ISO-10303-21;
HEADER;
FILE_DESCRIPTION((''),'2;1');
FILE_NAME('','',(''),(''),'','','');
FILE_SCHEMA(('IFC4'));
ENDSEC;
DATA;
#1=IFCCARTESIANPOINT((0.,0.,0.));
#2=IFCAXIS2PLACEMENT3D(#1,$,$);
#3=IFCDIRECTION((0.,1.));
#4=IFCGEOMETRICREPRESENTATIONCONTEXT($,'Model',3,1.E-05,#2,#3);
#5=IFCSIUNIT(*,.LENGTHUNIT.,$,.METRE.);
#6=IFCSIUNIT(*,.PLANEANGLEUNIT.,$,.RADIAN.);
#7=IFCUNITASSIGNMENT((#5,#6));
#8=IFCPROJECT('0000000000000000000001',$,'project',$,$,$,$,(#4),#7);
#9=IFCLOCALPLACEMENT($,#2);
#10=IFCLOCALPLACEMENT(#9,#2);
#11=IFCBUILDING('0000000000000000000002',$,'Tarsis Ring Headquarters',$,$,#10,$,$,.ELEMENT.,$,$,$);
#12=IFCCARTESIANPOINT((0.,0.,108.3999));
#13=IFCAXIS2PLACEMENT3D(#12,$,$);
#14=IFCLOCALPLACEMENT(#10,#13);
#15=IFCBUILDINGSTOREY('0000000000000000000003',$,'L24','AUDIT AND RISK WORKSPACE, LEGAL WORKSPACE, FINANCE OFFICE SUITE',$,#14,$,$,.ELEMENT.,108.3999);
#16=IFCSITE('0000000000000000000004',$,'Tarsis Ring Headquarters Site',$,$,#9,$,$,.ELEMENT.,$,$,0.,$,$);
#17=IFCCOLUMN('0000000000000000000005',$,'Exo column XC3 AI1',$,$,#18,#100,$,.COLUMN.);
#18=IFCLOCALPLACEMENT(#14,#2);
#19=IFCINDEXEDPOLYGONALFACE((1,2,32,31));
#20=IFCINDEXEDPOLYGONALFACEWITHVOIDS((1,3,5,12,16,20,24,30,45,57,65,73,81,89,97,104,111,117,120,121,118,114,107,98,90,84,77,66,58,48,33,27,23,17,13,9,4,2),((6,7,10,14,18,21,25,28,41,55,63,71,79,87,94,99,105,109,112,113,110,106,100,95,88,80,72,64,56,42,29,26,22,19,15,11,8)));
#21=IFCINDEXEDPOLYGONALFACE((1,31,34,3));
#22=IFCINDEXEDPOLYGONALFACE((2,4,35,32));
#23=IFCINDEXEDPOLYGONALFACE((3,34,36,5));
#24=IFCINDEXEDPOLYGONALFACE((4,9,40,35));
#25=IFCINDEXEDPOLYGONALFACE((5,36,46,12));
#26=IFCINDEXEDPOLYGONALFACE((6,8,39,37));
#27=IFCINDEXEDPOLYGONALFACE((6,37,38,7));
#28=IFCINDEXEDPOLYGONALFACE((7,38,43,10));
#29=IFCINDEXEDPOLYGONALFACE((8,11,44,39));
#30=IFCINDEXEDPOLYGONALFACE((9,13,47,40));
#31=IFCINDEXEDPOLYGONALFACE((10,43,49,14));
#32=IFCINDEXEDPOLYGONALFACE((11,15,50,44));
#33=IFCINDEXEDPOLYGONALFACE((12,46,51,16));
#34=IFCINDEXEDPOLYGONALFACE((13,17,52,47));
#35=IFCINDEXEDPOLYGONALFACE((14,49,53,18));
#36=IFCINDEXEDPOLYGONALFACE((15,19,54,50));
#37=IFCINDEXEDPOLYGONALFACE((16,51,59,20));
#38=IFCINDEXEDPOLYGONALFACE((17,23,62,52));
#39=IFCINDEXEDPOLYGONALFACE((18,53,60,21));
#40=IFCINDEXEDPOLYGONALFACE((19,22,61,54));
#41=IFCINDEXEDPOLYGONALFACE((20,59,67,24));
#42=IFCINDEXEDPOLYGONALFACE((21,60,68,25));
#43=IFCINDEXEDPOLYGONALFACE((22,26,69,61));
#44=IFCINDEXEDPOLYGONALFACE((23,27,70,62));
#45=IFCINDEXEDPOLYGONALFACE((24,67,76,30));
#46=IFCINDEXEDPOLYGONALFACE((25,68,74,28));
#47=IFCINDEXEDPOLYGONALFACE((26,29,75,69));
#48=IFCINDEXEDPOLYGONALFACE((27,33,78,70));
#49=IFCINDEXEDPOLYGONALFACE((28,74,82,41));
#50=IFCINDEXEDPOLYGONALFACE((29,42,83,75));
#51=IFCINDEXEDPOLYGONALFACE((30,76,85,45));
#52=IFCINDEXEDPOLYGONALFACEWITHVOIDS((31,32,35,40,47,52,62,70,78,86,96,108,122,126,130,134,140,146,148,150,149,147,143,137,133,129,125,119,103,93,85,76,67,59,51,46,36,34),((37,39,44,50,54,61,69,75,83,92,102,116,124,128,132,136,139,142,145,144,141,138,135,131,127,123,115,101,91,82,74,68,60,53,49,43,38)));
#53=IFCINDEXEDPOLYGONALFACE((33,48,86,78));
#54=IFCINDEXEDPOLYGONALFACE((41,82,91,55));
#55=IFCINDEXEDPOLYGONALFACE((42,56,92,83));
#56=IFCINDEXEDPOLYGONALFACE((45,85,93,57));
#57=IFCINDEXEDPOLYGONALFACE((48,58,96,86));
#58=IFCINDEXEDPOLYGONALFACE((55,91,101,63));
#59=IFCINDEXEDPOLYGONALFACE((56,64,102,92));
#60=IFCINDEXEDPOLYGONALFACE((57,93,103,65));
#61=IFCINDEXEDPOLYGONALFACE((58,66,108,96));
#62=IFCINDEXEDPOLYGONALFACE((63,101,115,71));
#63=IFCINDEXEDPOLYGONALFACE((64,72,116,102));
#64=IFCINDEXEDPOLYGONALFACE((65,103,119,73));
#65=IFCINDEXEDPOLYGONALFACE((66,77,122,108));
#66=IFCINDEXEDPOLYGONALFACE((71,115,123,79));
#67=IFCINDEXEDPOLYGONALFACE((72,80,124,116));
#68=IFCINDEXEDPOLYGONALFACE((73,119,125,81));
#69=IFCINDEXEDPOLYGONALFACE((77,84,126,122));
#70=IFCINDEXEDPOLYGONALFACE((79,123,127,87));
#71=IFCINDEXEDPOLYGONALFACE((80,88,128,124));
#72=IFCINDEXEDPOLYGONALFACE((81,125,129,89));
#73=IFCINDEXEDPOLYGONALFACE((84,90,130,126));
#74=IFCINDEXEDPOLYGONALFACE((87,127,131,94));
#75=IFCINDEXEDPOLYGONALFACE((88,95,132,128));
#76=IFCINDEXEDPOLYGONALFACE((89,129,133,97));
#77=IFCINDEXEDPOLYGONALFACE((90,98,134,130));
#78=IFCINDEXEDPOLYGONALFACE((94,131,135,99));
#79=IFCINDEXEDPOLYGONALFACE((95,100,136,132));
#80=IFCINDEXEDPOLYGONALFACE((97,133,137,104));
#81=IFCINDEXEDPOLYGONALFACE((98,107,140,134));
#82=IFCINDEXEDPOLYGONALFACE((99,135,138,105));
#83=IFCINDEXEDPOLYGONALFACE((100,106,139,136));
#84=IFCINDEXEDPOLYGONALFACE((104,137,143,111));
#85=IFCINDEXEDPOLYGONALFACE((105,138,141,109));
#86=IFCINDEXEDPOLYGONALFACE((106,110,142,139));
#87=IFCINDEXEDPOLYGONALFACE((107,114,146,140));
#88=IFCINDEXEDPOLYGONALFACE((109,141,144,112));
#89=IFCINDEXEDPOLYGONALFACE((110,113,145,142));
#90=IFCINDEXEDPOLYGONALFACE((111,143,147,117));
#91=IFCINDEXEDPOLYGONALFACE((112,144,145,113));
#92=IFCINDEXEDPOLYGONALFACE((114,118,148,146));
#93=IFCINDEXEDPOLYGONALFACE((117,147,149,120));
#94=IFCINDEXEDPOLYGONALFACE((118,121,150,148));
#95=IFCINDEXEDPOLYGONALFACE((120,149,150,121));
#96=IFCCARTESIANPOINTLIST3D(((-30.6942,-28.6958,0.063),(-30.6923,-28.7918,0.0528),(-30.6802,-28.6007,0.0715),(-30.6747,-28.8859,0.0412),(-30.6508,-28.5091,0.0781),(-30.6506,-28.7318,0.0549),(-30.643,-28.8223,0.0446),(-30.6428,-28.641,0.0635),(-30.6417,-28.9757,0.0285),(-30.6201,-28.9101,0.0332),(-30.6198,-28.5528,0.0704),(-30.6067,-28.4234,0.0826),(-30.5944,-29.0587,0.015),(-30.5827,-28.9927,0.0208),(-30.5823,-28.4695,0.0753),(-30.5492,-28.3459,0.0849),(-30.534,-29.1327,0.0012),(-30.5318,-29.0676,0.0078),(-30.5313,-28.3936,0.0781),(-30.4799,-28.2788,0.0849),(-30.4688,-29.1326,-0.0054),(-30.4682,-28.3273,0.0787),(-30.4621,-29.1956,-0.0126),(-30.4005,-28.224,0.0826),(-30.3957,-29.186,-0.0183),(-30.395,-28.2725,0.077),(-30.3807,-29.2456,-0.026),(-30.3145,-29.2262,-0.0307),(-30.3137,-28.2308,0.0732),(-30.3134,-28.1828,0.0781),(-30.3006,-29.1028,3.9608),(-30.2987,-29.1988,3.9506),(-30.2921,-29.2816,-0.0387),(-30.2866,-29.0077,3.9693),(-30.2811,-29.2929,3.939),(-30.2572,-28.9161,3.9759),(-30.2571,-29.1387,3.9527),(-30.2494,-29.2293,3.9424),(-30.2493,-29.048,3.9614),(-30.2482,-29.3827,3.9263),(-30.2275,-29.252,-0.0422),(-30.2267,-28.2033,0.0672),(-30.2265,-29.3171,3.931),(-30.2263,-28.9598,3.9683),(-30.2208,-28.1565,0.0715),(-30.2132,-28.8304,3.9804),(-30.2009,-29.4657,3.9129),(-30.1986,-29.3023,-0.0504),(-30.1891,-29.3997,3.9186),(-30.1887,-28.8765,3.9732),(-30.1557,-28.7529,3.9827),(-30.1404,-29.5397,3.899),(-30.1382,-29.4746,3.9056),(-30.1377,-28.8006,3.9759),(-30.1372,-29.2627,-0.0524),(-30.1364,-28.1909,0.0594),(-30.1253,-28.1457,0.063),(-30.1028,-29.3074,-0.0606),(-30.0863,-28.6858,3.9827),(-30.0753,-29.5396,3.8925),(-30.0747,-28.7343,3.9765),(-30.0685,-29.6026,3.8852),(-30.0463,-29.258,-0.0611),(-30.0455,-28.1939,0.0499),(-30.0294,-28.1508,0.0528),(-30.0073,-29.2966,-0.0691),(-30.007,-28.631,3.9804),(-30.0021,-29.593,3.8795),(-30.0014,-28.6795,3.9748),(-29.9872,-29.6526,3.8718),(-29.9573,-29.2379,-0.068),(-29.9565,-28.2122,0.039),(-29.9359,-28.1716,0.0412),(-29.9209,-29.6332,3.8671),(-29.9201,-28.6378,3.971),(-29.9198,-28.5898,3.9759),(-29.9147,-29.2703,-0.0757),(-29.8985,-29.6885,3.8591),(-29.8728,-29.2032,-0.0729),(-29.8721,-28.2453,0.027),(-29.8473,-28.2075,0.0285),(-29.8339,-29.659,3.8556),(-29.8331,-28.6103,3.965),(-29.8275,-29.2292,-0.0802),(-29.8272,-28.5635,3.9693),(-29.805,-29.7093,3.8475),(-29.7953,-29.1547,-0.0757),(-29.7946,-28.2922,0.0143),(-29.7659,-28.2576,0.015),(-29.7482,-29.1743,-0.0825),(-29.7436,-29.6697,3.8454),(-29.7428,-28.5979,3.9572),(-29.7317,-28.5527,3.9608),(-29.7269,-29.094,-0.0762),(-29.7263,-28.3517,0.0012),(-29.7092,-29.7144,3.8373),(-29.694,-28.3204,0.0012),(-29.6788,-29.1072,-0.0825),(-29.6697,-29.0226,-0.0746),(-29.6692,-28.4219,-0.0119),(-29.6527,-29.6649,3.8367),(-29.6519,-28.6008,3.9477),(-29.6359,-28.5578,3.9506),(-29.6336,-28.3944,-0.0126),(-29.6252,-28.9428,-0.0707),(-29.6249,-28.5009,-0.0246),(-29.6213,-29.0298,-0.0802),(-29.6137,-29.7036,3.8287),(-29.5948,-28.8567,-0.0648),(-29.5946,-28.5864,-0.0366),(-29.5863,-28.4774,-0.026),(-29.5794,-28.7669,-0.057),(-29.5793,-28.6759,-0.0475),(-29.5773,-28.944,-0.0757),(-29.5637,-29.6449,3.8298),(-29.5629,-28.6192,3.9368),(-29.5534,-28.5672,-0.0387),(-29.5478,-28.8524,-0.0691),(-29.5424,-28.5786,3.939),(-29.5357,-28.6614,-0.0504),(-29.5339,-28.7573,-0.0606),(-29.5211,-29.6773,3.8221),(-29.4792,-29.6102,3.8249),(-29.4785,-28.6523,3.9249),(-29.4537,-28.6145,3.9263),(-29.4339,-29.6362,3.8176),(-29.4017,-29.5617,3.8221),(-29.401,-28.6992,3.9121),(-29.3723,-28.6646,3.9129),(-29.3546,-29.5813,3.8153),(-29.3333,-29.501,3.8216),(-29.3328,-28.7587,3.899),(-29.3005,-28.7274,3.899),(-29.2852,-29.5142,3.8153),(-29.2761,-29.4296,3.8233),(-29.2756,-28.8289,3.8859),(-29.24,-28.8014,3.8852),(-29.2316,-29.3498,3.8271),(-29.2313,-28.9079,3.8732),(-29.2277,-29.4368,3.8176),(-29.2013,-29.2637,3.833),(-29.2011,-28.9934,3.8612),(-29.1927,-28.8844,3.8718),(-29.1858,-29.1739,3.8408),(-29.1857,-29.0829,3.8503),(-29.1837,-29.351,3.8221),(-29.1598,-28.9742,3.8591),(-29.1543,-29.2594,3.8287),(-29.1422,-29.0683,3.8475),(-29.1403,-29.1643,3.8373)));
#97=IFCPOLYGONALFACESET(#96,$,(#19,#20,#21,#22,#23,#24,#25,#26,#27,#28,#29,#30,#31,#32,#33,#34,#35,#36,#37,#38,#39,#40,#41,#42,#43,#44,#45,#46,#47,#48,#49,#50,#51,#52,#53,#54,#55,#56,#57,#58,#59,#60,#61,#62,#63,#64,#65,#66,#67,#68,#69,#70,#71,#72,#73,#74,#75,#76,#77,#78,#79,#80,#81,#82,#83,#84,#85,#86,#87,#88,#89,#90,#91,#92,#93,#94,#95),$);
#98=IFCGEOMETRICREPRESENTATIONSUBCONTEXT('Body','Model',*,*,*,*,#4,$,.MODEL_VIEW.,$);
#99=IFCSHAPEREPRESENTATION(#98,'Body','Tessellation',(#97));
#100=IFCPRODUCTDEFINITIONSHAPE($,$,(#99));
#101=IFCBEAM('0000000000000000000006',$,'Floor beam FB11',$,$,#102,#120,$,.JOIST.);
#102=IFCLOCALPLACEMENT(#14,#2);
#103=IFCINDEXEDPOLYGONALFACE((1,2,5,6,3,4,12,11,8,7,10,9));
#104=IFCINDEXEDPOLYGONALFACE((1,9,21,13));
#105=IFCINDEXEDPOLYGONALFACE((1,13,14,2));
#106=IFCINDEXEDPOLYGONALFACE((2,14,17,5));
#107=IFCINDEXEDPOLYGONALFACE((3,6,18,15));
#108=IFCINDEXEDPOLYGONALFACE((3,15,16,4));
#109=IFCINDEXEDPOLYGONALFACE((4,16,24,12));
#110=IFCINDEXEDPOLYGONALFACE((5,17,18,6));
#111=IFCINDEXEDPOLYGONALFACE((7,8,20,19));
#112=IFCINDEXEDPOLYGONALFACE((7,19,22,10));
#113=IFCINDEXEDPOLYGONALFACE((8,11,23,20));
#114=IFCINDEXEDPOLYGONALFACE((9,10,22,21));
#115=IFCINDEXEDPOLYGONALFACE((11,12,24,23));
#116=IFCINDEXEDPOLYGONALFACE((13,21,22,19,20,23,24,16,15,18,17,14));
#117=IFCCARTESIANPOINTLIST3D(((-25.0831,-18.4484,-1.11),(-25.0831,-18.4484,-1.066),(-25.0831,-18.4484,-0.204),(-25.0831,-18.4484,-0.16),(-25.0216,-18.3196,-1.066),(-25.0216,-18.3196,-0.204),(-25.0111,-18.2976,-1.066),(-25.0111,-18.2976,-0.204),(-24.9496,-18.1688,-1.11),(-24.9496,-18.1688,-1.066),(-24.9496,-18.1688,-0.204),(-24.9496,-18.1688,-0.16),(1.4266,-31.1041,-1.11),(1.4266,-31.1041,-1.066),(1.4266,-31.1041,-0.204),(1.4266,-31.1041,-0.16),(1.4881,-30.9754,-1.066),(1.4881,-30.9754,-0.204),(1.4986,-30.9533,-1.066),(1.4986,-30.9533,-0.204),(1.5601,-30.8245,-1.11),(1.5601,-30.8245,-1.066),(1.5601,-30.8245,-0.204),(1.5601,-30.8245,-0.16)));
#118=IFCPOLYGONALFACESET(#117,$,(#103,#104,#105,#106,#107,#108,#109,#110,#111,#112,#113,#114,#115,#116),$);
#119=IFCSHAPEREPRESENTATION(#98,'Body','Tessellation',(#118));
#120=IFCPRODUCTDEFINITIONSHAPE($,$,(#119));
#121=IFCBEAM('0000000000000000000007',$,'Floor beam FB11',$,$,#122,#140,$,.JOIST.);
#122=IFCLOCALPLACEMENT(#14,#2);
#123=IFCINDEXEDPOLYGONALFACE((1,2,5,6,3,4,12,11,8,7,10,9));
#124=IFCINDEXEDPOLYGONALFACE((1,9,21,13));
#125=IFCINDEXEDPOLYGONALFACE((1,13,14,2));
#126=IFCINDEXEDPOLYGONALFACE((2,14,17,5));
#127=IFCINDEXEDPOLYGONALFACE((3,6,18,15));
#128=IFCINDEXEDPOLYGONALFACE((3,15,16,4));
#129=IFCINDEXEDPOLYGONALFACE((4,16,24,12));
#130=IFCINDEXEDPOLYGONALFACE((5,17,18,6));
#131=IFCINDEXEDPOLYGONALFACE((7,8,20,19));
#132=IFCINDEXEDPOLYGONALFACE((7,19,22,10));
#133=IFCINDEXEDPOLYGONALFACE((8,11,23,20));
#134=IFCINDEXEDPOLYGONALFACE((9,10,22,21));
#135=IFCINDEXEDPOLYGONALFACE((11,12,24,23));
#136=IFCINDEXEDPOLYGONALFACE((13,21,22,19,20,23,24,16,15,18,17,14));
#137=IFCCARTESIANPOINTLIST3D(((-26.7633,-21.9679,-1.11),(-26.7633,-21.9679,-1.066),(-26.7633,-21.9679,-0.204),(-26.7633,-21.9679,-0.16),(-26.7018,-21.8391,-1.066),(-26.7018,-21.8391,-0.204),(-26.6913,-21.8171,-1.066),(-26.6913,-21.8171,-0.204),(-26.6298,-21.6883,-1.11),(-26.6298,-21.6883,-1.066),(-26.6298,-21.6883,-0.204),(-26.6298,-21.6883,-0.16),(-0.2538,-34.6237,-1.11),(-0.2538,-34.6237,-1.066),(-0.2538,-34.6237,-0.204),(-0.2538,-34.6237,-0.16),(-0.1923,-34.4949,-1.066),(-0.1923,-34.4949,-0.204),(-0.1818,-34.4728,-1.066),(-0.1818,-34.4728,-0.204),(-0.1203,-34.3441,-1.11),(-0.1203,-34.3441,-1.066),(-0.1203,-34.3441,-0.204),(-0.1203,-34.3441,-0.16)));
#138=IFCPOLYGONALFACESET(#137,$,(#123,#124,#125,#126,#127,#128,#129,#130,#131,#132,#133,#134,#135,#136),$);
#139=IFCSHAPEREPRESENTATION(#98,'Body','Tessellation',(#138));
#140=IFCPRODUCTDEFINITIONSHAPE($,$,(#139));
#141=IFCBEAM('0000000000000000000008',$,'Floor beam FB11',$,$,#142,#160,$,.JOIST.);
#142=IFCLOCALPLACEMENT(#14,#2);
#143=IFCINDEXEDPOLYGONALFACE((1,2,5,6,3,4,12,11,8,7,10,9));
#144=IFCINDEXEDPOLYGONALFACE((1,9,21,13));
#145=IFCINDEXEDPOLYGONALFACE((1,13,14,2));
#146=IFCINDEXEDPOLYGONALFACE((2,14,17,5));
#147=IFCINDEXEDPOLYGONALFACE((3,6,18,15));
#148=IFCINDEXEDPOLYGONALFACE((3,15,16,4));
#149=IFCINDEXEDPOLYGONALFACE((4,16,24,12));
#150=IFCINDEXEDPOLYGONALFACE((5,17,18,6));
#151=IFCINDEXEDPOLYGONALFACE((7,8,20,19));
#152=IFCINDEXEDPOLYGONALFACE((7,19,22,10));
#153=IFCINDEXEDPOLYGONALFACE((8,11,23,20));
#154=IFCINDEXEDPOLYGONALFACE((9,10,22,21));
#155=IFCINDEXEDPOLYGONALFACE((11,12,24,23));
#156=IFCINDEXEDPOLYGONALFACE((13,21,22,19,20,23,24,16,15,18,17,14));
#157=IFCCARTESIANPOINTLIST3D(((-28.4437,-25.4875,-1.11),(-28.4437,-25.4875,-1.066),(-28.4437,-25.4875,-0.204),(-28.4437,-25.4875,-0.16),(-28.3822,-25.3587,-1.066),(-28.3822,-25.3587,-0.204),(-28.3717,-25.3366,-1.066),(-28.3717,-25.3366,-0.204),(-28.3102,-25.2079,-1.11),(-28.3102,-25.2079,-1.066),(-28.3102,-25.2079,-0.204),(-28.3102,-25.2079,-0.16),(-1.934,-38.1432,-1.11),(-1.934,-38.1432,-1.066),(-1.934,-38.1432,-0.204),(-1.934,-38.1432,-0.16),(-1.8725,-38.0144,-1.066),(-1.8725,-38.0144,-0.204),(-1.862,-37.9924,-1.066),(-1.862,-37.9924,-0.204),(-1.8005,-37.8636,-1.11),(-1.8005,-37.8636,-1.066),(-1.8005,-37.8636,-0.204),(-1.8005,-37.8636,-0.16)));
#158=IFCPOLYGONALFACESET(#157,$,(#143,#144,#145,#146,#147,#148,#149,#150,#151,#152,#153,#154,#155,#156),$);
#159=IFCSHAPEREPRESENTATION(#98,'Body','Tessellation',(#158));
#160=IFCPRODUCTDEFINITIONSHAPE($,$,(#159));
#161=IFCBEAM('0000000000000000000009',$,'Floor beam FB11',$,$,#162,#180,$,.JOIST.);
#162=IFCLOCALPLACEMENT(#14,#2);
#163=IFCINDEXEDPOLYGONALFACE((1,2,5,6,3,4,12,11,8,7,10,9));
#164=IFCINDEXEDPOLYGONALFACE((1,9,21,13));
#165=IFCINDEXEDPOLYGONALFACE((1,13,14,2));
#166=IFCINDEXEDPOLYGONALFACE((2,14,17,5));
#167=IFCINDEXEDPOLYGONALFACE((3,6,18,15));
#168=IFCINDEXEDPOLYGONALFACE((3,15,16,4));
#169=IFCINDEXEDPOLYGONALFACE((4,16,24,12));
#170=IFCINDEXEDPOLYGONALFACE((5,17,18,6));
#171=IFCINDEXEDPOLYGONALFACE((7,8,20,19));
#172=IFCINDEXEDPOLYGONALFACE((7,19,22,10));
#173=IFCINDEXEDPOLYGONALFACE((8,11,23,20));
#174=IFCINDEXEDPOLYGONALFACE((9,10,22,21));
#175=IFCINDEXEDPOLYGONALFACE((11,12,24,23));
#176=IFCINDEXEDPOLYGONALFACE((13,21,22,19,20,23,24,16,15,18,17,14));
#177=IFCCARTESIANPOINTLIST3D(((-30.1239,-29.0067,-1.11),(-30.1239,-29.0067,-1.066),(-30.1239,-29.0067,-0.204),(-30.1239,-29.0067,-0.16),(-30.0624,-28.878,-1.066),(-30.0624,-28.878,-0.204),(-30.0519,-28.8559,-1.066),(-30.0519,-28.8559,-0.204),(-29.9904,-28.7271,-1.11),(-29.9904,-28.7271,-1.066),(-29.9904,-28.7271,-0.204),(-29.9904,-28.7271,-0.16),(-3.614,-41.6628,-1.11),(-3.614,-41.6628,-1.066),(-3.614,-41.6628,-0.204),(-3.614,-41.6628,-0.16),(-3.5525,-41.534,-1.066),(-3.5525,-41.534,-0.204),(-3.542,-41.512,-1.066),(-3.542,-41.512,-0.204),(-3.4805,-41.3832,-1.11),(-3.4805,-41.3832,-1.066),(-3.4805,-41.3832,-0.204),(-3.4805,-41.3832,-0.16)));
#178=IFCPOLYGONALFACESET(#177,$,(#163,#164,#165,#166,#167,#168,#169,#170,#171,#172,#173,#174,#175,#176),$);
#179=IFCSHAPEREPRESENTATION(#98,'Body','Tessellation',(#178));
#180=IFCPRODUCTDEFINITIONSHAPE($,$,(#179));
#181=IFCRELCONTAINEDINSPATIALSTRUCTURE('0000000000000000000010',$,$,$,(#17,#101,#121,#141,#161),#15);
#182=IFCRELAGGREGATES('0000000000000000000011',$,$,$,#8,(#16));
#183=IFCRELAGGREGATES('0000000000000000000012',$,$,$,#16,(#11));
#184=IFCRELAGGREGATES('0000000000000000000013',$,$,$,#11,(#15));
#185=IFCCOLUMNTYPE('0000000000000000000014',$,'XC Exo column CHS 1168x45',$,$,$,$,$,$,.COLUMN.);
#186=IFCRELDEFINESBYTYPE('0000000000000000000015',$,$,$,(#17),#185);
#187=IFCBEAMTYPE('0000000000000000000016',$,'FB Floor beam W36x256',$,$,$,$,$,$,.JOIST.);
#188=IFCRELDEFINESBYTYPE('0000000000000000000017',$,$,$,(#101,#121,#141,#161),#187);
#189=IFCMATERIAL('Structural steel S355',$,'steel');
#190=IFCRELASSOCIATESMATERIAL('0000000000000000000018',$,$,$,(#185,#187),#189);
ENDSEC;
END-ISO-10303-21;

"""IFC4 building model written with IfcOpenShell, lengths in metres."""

from ifc_helpers import new_model, si_unit, direction, frame, origin, origin_2d, place, context, subcontext, project, spatial, hollow_circle, i_section, extrude, material, material_profile, profile_set, type_object, element, save


model = new_model("IFC4")

# Units and contexts
model_context = context("Model", 3, precision=1e-05, world=origin(), true_north=direction((0.0, 1.0)))
body_context = subcontext(model_context, "Body", "Model", "MODEL_VIEW")
ifc_project = project(units=[si_unit("LENGTHUNIT", "METRE"), si_unit("PLANEANGLEUNIT", "RADIAN")], contexts=[model_context])

# Site, building, storey
site_placement = place(None, origin())
site = spatial("IfcSite", under=ifc_project, at=site_placement, Name="Tarsis Ring Headquarters Site", CompositionType="ELEMENT", RefElevation=0.0)
building_placement = place(site_placement, origin())
building = spatial("IfcBuilding", under=site, at=building_placement, Name="Tarsis Ring Headquarters", CompositionType="ELEMENT")
storey_placement = place(building_placement, frame((0.0, 0.0, 108.3999)))
storey = spatial("IfcBuildingStorey", under=building, at=storey_placement, Name="L24", Description="AUDIT AND RISK WORKSPACE, LEGAL WORKSPACE, FINANCE OFFICE SUITE", CompositionType="ELEMENT", Elevation=108.3999)

# Column
ifc_material_1 = material(Name="Structural steel S355", Category="steel")
ifc_material_profile_1 = material_profile(ifc_material_1, hollow_circle(Radius=0.5842, WallThickness=0.0449, at=origin_2d()), Name="CHS 1168x45")
ifc_profile_set_1 = profile_set([ifc_material_profile_1], Name="Structural steel S355")
column_type = type_object("IfcColumnType", Name="XC Exo column CHS 1168x45", PredefinedType="COLUMN", material=ifc_profile_set_1)
column_placement = place(storey_placement, frame((-30.114, -28.7266, 0.0012), z_axis=(0.099922, -0.103332, 0.989615), x_axis=(0.718866, 0.695148, 0.0)))
element("IfcColumn", 1, at=column_placement, inside=storey, type_object=column_type, Name="Exo column XC3 AI1", PredefinedType="COLUMN", context=body_context, shape_type="SweptSolid", body=[
    extrude(hollow_circle(Radius=0.5842, WallThickness=0.0449, at=origin_2d()), origin(), (0.0, 0.0, 1.0), 3.9387),
])

# Beams
ifc_material_profile_2 = material_profile(ifc_material_1, i_section(OverallWidth=0.3098, OverallDepth=0.95, WebThickness=0.0244, FlangeThickness=0.0439, at=origin_2d()), Name="W36x256")
ifc_profile_set_2 = profile_set([ifc_material_profile_2], Name="Structural steel S355")
beam_type_1 = type_object("IfcBeamType", Name="FB Floor beam W36x256", PredefinedType="JOIST", material=ifc_profile_set_2)
beam_1_placement = place(storey_placement, frame((-25.0164, -18.3086, -0.635), z_axis=(0.902436, -0.430823, 0.0), x_axis=(0.430823, 0.902436, 0.0)))
element("IfcBeam", 2, at=beam_1_placement, inside=storey, type_object=beam_type_1, Name="Floor beam FB11", PredefinedType="JOIST", context=body_context, shape_type="SweptSolid", body=[
    extrude(i_section(OverallWidth=0.3098, OverallDepth=0.95, WebThickness=0.0244, FlangeThickness=0.0439, at=origin_2d()), origin(), (0.0, 0.0, 1.0), 29.3757),
])
beam_2_placement = place(storey_placement, frame((-26.6965, -21.8281, -0.635), z_axis=(0.902435, -0.430826, 0.0), x_axis=(0.430826, 0.902435, 0.0)))
element("IfcBeam", 3, at=beam_2_placement, inside=storey, type_object=beam_type_1, Name="Floor beam FB11", PredefinedType="JOIST", context=body_context, shape_type="SweptSolid", body=[
    extrude(i_section(OverallWidth=0.3098, OverallDepth=0.95, WebThickness=0.0244, FlangeThickness=0.0439, at=origin_2d()), origin(), (0.0, 0.0, 1.0), 29.3755),
])
beam_3_placement = place(storey_placement, frame((-28.377, -25.3477, -0.635), z_axis=(0.902436, -0.430823, 0.0), x_axis=(0.430823, 0.902436, 0.0)))
element("IfcBeam", 4, at=beam_3_placement, inside=storey, type_object=beam_type_1, Name="Floor beam FB11", PredefinedType="JOIST", context=body_context, shape_type="SweptSolid", body=[
    extrude(i_section(OverallWidth=0.3098, OverallDepth=0.95, WebThickness=0.0244, FlangeThickness=0.0439, at=origin_2d()), origin(), (0.0, 0.0, 1.0), 29.3757),
])
beam_4_placement = place(storey_placement, frame((-30.0571, -28.8669, -0.635), z_axis=(0.902433, -0.43083, 0.0), x_axis=(0.43083, 0.902433, 0.0)))
element("IfcBeam", 5, at=beam_4_placement, inside=storey, type_object=beam_type_1, Name="Floor beam FB11", PredefinedType="JOIST", context=body_context, shape_type="SweptSolid", body=[
    extrude(i_section(OverallWidth=0.3098, OverallDepth=0.95, WebThickness=0.0244, FlangeThickness=0.0439, at=origin_2d()), origin(), (0.0, 0.0, 1.0), 29.376),
])

save(model, "model.ifc")
